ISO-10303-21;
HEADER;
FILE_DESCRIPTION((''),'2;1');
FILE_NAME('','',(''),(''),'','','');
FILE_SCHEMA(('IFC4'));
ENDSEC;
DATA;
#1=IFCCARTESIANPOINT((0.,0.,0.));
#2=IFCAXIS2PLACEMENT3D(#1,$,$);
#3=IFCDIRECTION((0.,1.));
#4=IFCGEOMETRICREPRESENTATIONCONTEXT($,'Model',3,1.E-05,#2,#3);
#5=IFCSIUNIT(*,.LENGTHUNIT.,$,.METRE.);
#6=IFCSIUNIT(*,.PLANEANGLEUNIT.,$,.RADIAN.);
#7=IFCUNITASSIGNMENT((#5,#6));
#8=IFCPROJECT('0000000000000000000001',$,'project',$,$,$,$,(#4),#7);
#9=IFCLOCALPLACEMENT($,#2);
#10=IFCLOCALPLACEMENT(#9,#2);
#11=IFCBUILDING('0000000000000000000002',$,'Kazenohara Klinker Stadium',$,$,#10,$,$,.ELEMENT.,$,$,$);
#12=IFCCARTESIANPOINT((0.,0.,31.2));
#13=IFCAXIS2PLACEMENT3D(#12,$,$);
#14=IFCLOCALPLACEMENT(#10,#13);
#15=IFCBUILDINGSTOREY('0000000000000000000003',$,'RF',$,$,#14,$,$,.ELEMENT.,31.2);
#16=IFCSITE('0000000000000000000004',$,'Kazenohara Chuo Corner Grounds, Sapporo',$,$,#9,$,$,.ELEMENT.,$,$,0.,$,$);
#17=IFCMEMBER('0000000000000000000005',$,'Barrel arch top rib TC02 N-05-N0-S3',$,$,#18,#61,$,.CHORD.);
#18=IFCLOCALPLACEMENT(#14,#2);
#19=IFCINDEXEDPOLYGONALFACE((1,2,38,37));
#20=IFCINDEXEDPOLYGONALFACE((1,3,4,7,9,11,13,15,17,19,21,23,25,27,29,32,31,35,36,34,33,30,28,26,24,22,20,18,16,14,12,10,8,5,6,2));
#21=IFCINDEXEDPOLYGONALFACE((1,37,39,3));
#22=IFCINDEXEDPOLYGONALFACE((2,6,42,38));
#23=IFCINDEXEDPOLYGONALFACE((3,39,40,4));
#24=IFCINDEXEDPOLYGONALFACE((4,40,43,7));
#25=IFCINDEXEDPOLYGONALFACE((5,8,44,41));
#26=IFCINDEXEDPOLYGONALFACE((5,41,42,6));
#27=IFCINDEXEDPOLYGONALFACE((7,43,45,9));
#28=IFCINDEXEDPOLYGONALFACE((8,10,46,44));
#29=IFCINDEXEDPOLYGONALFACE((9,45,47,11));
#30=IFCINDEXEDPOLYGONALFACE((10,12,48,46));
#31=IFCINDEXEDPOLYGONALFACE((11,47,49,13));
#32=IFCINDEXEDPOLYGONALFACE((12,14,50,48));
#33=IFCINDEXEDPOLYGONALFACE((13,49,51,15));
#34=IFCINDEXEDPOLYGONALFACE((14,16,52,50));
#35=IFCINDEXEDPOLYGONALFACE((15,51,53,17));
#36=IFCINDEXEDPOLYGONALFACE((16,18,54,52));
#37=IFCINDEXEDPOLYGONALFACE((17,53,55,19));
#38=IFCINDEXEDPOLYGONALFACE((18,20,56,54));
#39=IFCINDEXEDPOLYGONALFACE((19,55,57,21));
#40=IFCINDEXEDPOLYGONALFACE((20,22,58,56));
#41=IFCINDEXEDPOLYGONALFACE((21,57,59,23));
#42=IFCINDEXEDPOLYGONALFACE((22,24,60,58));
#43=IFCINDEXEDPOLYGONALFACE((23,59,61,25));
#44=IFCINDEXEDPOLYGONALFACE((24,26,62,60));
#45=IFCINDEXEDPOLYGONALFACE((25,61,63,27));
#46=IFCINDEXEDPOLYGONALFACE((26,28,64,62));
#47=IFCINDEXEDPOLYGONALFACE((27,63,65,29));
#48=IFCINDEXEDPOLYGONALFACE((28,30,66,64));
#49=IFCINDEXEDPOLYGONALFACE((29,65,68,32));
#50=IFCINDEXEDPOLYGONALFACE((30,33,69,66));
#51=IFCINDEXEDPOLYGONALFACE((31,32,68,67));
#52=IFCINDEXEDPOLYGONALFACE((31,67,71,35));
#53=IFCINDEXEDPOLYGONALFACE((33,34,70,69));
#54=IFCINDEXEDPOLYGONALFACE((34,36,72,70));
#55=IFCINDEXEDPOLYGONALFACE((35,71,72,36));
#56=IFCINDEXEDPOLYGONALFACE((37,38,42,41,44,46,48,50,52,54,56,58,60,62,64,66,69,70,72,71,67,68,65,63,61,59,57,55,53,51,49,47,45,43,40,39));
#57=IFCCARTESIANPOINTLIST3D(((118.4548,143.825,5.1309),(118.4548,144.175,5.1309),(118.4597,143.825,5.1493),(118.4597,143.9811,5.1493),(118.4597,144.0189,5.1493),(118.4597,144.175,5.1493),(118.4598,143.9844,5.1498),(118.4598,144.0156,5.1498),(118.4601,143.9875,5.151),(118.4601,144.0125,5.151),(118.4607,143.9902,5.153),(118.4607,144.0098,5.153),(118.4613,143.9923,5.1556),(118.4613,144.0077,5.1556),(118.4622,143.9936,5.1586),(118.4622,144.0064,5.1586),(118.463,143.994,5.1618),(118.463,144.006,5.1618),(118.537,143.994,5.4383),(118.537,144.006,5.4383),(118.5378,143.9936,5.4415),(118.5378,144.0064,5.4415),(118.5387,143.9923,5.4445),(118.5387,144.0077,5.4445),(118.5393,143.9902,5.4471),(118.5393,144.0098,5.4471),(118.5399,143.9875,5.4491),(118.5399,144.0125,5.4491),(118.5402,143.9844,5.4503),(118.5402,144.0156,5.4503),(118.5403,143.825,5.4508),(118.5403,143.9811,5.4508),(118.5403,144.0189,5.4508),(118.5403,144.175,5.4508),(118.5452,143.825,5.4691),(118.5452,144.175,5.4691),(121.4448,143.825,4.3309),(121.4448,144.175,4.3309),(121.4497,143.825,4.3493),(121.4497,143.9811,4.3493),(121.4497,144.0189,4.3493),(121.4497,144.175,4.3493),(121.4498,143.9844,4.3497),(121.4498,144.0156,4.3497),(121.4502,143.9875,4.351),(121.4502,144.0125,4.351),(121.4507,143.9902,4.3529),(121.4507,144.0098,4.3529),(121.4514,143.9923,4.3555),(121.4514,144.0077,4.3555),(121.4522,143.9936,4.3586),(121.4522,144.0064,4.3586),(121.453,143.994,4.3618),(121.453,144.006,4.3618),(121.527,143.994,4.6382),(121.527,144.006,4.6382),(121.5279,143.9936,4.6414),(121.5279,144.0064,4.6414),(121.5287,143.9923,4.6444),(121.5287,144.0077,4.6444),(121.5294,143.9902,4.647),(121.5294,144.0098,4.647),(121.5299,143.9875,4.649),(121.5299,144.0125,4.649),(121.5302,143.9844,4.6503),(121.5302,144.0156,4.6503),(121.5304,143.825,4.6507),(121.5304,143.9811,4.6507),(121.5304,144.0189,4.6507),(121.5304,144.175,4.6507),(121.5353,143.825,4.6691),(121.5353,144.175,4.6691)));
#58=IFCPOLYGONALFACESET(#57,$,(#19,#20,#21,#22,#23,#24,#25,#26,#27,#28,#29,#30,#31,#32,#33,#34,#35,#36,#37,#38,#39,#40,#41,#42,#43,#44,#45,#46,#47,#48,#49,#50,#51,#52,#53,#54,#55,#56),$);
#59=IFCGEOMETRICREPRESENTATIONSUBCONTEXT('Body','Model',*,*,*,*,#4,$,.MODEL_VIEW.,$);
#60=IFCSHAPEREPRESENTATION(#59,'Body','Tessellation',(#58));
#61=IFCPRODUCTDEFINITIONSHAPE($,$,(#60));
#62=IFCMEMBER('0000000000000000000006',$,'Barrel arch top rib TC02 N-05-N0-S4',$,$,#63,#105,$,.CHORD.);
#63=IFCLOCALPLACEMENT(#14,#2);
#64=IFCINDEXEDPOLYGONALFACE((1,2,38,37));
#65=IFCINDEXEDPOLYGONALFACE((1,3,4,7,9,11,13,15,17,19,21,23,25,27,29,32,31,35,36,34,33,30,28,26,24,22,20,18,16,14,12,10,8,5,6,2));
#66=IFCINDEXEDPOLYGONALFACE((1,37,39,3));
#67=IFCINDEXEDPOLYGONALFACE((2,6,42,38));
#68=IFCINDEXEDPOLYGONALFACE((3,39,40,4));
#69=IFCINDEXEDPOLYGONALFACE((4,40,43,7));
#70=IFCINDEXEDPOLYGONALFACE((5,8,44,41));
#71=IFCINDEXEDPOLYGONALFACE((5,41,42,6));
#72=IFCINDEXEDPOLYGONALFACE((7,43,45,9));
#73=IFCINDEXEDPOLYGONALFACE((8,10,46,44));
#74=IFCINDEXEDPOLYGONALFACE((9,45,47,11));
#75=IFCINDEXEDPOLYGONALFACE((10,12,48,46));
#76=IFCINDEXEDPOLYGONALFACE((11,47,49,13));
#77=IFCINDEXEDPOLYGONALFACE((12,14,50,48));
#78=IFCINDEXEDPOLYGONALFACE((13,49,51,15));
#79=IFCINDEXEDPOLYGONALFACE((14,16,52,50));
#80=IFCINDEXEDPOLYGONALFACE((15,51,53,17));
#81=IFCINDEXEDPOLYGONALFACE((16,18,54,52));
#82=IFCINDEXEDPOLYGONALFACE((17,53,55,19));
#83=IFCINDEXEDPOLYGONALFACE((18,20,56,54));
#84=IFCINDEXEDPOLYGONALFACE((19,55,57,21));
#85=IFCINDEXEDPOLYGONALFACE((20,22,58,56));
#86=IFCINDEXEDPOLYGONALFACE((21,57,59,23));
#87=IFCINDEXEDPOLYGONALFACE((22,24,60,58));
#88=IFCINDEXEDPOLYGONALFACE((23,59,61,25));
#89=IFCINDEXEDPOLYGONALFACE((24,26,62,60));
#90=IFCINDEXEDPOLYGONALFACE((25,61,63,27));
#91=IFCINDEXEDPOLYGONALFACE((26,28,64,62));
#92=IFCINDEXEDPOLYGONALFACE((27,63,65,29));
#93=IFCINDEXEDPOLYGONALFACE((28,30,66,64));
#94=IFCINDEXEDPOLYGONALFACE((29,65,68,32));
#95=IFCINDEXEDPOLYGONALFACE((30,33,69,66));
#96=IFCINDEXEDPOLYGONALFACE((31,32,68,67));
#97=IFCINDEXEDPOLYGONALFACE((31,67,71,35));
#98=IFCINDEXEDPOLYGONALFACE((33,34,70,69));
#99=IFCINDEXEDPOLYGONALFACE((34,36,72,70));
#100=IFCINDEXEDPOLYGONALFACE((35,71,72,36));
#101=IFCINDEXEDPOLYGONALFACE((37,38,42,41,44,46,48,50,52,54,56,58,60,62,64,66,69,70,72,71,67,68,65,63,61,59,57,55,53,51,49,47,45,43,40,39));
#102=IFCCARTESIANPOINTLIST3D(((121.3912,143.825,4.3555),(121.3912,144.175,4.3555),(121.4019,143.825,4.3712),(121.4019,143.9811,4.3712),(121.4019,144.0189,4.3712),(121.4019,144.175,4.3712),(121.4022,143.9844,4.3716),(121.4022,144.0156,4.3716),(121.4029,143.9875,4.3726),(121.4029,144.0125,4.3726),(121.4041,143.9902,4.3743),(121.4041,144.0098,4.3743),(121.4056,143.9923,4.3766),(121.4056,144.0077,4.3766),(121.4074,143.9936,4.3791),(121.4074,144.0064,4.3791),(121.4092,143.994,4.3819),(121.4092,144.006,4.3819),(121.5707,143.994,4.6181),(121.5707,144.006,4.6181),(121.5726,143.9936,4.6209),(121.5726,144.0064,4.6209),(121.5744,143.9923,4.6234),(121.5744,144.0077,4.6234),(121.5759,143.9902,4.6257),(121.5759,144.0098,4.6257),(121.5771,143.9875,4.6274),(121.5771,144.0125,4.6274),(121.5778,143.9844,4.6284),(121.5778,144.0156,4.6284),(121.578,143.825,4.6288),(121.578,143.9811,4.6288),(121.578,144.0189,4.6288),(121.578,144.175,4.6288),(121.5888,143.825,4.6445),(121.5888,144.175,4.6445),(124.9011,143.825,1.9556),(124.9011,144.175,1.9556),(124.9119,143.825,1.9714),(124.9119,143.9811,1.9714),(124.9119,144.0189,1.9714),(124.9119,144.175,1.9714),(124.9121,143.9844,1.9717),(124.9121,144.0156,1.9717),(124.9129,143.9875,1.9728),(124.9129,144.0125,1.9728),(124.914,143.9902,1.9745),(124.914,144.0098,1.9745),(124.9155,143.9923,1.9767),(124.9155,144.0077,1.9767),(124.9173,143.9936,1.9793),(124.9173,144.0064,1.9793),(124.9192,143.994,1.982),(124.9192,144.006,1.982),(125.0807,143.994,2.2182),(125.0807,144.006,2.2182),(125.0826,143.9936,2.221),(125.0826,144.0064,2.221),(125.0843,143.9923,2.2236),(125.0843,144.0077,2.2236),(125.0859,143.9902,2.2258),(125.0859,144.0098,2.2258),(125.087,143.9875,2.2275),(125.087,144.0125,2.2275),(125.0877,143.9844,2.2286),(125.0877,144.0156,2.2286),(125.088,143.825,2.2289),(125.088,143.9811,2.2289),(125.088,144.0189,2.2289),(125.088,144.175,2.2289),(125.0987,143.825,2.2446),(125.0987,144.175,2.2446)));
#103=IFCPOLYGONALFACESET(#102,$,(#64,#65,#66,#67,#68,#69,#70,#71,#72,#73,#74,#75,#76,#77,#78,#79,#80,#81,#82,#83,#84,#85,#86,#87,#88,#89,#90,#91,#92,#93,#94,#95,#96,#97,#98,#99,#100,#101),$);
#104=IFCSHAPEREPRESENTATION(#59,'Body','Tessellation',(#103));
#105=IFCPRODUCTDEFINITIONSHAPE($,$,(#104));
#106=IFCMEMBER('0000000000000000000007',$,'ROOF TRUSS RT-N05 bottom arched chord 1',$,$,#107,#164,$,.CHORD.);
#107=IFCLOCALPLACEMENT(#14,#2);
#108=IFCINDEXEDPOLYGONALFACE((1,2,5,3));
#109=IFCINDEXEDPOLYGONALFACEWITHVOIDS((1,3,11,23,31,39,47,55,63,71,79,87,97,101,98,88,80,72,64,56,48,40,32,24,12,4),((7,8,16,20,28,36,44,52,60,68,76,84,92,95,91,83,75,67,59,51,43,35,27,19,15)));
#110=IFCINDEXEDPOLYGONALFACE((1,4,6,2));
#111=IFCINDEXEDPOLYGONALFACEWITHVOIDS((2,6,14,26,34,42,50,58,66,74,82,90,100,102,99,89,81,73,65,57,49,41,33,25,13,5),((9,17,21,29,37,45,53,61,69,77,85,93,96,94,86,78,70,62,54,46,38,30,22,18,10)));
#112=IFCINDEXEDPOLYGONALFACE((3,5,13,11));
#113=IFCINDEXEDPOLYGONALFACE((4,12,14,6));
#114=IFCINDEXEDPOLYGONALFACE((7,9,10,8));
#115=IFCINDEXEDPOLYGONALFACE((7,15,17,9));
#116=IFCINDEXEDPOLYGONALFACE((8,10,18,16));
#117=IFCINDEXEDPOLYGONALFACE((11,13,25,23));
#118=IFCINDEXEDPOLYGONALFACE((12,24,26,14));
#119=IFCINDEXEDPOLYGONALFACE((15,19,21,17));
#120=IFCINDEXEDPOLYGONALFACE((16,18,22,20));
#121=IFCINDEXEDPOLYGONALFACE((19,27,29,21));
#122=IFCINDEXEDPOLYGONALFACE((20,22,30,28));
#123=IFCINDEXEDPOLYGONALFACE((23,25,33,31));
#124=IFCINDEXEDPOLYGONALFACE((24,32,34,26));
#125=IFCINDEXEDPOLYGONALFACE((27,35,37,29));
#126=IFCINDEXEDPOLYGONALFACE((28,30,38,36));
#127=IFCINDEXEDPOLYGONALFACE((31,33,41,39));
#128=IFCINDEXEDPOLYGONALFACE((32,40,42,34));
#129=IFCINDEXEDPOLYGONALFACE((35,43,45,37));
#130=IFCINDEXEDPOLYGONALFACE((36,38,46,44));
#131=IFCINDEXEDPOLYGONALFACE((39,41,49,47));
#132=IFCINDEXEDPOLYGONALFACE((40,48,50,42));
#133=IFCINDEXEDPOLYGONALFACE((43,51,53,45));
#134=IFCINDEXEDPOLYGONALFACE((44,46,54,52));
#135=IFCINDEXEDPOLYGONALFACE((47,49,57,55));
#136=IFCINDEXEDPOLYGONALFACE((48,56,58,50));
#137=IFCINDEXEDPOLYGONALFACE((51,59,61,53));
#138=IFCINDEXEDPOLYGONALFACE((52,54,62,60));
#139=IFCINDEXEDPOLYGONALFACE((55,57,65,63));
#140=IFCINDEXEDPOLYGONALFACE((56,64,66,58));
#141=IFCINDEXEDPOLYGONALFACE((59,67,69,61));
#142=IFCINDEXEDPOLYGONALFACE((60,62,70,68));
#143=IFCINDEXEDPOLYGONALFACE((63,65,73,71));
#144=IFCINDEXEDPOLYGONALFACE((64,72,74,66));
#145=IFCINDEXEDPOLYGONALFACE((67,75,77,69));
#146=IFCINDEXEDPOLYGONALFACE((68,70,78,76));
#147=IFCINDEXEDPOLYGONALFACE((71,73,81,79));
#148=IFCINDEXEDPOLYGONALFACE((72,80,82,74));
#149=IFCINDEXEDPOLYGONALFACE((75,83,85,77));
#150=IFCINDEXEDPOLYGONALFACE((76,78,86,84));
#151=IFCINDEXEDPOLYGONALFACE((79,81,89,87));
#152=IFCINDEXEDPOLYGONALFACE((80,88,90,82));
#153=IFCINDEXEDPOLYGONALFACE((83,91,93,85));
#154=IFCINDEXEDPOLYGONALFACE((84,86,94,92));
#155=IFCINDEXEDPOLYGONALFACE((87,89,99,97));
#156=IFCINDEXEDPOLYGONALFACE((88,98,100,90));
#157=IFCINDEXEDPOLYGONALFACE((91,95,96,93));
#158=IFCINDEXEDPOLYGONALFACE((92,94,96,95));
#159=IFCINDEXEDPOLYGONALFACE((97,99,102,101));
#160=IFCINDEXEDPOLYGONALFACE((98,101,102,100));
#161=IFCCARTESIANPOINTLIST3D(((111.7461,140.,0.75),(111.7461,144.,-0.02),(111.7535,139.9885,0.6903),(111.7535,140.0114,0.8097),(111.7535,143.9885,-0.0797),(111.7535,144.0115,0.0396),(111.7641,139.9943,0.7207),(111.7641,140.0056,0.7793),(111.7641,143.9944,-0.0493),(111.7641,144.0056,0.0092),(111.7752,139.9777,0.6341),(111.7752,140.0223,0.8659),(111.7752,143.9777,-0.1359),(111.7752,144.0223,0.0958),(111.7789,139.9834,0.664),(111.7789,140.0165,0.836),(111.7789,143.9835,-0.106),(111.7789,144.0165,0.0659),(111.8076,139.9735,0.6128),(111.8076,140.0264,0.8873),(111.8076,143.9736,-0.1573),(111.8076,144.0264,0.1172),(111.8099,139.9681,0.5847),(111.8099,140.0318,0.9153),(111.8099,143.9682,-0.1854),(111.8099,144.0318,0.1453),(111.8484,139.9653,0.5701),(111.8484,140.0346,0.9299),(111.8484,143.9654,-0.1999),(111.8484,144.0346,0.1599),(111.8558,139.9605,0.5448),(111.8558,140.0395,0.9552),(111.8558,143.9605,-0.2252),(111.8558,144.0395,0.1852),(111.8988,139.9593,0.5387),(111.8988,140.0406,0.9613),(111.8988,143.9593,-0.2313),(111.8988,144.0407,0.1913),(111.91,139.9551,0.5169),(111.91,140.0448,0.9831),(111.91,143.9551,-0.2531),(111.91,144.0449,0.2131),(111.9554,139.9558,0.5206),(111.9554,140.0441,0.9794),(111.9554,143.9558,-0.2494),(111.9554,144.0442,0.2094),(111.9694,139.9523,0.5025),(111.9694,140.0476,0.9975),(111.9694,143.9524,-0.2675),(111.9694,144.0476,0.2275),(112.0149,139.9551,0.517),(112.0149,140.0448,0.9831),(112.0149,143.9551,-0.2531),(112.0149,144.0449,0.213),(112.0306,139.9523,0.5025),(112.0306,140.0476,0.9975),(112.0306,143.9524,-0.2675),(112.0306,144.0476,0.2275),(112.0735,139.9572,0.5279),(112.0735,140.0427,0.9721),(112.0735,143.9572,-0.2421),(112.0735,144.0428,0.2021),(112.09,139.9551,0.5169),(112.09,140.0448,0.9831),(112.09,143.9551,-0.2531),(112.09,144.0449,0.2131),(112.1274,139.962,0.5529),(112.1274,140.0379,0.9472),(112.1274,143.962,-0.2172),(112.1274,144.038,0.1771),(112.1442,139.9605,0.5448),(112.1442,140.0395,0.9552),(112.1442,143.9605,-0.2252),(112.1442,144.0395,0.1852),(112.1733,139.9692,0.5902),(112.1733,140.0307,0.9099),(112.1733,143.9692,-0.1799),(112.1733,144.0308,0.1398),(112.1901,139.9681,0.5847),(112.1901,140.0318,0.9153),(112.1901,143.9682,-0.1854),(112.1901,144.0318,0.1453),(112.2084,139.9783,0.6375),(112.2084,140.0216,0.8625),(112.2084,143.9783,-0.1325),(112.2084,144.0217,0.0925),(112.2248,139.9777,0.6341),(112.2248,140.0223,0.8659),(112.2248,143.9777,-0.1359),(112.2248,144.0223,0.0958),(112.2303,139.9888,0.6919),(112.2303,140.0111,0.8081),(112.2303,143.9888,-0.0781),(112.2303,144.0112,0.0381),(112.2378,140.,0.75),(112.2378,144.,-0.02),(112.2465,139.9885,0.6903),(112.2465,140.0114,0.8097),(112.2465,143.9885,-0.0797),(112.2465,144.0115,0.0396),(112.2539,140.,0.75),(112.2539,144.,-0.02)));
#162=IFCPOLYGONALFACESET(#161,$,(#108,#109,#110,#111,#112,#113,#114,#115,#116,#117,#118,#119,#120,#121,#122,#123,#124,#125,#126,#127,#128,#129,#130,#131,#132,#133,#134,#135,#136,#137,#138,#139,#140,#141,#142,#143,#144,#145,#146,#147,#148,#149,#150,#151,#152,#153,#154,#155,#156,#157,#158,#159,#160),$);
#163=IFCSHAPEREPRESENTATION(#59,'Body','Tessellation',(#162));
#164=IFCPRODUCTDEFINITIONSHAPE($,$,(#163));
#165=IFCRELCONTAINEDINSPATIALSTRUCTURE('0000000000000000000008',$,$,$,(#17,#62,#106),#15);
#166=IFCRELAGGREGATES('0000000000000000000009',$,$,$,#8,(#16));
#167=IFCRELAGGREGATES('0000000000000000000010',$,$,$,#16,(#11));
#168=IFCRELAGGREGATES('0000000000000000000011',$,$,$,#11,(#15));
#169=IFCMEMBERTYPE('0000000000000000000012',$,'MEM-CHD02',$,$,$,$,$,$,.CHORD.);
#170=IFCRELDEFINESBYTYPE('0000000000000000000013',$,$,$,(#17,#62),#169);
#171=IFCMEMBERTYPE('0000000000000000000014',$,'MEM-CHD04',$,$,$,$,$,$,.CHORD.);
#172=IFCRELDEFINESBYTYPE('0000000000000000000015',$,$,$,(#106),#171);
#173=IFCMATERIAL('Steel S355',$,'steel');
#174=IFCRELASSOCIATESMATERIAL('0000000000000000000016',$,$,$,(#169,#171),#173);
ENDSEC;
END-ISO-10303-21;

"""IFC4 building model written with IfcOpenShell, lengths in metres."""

from ifc_helpers import new_model, si_unit, direction, frame, origin, origin_2d, place, context, subcontext, project, spatial, hollow_circle, i_section, extrude, material, material_profile, profile_set, type_object, element, save


model = new_model("IFC4")

# Units and contexts
model_context = context("Model", 3, precision=1e-05, world=origin(), true_north=direction((0.0, 1.0)))
body_context = subcontext(model_context, "Body", "Model", "MODEL_VIEW")
ifc_project = project(units=[si_unit("LENGTHUNIT", "METRE"), si_unit("PLANEANGLEUNIT", "RADIAN")], contexts=[model_context])

# Site, building, storey
site_placement = place(None, origin())
site = spatial("IfcSite", under=ifc_project, at=site_placement, Name="Kazenohara Chuo Corner Grounds, Sapporo", CompositionType="ELEMENT", RefElevation=0.0)
building_placement = place(site_placement, origin())
building = spatial("IfcBuilding", under=site, at=building_placement, Name="Kazenohara Klinker Stadium", CompositionType="ELEMENT")
storey_placement = place(building_placement, frame((0.0, 0.0, 31.2)))
storey = spatial("IfcBuildingStorey", under=building, at=storey_placement, Name="RF", CompositionType="ELEMENT", Elevation=31.2)

# Members
ifc_material_1 = material(Name="Steel S355", Category="steel")
ifc_material_profile_1 = material_profile(ifc_material_1, i_section(OverallWidth=0.3501, OverallDepth=0.3501, WebThickness=0.012, FlangeThickness=0.019, FilletRadius=0.0129, at=origin_2d()), Name="H-350x350x12x19")
ifc_profile_set_1 = profile_set([ifc_material_profile_1], Name="Steel S355")
member_type_1 = type_object("IfcMemberType", Name="MEM-CHD02", PredefinedType="CHORD", material=ifc_profile_set_1)
for number, where, z_axis, x_axis, name in (
    (1, (118.5, 144.0, 5.3), (0.966016, 0.0, -0.258482), (0.0, 1.0, 0.0), "Barrel arch top rib TC02 N-05-N0-S3"),
):
    element("IfcMember", number, at=place(storey_placement, frame(where, z_axis=z_axis, x_axis=x_axis)), inside=storey, type_object=member_type_1, Name=name, PredefinedType="CHORD", context=body_context, shape_type="SweptSolid", body=[
        extrude(i_section(OverallWidth=0.3501, OverallDepth=0.3501, WebThickness=0.012, FlangeThickness=0.019, FilletRadius=0.0129, at=origin_2d()), origin(), (0.0, 0.0, 1.0), 3.0952),
    ])
member_1_placement = place(storey_placement, frame((121.49, 144.0, 4.5), z_axis=(0.825492, 0.0, -0.564414), x_axis=(0.0, 1.0, 0.0)))
element("IfcMember", 2, at=member_1_placement, inside=storey, type_object=member_type_1, Name="Barrel arch top rib TC02 N-05-N0-S4", PredefinedType="CHORD", context=body_context, shape_type="SweptSolid", body=[
    extrude(i_section(OverallWidth=0.3501, OverallDepth=0.3501, WebThickness=0.012, FlangeThickness=0.019, FilletRadius=0.0129, at=origin_2d()), origin(), (0.0, 0.0, 1.0), 4.252),
])
ifc_material_profile_2 = material_profile(ifc_material_1, hollow_circle(Radius=0.2539, WallThickness=0.0161, at=origin_2d()), Name="CHS-508.0x16")
ifc_profile_set_2 = profile_set([ifc_material_profile_2], Name="Steel S355")
member_type_2 = type_object("IfcMemberType", Name="MEM-CHD04", PredefinedType="CHORD", material=ifc_profile_set_2)
member_2_placement = place(storey_placement, frame((112.0, 144.0, -0.02), z_axis=(0.0, -0.981971, 0.189034), x_axis=(1.0, 0.0, 0.0)))
element("IfcMember", 3, at=member_2_placement, inside=storey, type_object=member_type_2, Name="ROOF TRUSS RT-N05 bottom arched chord 1", PredefinedType="CHORD", context=body_context, shape_type="SweptSolid", body=[
    extrude(hollow_circle(Radius=0.2539, WallThickness=0.0161, at=origin_2d()), origin(), (0.0, 0.0, 1.0), 4.0735),
])

save(model, "model.ifc")
